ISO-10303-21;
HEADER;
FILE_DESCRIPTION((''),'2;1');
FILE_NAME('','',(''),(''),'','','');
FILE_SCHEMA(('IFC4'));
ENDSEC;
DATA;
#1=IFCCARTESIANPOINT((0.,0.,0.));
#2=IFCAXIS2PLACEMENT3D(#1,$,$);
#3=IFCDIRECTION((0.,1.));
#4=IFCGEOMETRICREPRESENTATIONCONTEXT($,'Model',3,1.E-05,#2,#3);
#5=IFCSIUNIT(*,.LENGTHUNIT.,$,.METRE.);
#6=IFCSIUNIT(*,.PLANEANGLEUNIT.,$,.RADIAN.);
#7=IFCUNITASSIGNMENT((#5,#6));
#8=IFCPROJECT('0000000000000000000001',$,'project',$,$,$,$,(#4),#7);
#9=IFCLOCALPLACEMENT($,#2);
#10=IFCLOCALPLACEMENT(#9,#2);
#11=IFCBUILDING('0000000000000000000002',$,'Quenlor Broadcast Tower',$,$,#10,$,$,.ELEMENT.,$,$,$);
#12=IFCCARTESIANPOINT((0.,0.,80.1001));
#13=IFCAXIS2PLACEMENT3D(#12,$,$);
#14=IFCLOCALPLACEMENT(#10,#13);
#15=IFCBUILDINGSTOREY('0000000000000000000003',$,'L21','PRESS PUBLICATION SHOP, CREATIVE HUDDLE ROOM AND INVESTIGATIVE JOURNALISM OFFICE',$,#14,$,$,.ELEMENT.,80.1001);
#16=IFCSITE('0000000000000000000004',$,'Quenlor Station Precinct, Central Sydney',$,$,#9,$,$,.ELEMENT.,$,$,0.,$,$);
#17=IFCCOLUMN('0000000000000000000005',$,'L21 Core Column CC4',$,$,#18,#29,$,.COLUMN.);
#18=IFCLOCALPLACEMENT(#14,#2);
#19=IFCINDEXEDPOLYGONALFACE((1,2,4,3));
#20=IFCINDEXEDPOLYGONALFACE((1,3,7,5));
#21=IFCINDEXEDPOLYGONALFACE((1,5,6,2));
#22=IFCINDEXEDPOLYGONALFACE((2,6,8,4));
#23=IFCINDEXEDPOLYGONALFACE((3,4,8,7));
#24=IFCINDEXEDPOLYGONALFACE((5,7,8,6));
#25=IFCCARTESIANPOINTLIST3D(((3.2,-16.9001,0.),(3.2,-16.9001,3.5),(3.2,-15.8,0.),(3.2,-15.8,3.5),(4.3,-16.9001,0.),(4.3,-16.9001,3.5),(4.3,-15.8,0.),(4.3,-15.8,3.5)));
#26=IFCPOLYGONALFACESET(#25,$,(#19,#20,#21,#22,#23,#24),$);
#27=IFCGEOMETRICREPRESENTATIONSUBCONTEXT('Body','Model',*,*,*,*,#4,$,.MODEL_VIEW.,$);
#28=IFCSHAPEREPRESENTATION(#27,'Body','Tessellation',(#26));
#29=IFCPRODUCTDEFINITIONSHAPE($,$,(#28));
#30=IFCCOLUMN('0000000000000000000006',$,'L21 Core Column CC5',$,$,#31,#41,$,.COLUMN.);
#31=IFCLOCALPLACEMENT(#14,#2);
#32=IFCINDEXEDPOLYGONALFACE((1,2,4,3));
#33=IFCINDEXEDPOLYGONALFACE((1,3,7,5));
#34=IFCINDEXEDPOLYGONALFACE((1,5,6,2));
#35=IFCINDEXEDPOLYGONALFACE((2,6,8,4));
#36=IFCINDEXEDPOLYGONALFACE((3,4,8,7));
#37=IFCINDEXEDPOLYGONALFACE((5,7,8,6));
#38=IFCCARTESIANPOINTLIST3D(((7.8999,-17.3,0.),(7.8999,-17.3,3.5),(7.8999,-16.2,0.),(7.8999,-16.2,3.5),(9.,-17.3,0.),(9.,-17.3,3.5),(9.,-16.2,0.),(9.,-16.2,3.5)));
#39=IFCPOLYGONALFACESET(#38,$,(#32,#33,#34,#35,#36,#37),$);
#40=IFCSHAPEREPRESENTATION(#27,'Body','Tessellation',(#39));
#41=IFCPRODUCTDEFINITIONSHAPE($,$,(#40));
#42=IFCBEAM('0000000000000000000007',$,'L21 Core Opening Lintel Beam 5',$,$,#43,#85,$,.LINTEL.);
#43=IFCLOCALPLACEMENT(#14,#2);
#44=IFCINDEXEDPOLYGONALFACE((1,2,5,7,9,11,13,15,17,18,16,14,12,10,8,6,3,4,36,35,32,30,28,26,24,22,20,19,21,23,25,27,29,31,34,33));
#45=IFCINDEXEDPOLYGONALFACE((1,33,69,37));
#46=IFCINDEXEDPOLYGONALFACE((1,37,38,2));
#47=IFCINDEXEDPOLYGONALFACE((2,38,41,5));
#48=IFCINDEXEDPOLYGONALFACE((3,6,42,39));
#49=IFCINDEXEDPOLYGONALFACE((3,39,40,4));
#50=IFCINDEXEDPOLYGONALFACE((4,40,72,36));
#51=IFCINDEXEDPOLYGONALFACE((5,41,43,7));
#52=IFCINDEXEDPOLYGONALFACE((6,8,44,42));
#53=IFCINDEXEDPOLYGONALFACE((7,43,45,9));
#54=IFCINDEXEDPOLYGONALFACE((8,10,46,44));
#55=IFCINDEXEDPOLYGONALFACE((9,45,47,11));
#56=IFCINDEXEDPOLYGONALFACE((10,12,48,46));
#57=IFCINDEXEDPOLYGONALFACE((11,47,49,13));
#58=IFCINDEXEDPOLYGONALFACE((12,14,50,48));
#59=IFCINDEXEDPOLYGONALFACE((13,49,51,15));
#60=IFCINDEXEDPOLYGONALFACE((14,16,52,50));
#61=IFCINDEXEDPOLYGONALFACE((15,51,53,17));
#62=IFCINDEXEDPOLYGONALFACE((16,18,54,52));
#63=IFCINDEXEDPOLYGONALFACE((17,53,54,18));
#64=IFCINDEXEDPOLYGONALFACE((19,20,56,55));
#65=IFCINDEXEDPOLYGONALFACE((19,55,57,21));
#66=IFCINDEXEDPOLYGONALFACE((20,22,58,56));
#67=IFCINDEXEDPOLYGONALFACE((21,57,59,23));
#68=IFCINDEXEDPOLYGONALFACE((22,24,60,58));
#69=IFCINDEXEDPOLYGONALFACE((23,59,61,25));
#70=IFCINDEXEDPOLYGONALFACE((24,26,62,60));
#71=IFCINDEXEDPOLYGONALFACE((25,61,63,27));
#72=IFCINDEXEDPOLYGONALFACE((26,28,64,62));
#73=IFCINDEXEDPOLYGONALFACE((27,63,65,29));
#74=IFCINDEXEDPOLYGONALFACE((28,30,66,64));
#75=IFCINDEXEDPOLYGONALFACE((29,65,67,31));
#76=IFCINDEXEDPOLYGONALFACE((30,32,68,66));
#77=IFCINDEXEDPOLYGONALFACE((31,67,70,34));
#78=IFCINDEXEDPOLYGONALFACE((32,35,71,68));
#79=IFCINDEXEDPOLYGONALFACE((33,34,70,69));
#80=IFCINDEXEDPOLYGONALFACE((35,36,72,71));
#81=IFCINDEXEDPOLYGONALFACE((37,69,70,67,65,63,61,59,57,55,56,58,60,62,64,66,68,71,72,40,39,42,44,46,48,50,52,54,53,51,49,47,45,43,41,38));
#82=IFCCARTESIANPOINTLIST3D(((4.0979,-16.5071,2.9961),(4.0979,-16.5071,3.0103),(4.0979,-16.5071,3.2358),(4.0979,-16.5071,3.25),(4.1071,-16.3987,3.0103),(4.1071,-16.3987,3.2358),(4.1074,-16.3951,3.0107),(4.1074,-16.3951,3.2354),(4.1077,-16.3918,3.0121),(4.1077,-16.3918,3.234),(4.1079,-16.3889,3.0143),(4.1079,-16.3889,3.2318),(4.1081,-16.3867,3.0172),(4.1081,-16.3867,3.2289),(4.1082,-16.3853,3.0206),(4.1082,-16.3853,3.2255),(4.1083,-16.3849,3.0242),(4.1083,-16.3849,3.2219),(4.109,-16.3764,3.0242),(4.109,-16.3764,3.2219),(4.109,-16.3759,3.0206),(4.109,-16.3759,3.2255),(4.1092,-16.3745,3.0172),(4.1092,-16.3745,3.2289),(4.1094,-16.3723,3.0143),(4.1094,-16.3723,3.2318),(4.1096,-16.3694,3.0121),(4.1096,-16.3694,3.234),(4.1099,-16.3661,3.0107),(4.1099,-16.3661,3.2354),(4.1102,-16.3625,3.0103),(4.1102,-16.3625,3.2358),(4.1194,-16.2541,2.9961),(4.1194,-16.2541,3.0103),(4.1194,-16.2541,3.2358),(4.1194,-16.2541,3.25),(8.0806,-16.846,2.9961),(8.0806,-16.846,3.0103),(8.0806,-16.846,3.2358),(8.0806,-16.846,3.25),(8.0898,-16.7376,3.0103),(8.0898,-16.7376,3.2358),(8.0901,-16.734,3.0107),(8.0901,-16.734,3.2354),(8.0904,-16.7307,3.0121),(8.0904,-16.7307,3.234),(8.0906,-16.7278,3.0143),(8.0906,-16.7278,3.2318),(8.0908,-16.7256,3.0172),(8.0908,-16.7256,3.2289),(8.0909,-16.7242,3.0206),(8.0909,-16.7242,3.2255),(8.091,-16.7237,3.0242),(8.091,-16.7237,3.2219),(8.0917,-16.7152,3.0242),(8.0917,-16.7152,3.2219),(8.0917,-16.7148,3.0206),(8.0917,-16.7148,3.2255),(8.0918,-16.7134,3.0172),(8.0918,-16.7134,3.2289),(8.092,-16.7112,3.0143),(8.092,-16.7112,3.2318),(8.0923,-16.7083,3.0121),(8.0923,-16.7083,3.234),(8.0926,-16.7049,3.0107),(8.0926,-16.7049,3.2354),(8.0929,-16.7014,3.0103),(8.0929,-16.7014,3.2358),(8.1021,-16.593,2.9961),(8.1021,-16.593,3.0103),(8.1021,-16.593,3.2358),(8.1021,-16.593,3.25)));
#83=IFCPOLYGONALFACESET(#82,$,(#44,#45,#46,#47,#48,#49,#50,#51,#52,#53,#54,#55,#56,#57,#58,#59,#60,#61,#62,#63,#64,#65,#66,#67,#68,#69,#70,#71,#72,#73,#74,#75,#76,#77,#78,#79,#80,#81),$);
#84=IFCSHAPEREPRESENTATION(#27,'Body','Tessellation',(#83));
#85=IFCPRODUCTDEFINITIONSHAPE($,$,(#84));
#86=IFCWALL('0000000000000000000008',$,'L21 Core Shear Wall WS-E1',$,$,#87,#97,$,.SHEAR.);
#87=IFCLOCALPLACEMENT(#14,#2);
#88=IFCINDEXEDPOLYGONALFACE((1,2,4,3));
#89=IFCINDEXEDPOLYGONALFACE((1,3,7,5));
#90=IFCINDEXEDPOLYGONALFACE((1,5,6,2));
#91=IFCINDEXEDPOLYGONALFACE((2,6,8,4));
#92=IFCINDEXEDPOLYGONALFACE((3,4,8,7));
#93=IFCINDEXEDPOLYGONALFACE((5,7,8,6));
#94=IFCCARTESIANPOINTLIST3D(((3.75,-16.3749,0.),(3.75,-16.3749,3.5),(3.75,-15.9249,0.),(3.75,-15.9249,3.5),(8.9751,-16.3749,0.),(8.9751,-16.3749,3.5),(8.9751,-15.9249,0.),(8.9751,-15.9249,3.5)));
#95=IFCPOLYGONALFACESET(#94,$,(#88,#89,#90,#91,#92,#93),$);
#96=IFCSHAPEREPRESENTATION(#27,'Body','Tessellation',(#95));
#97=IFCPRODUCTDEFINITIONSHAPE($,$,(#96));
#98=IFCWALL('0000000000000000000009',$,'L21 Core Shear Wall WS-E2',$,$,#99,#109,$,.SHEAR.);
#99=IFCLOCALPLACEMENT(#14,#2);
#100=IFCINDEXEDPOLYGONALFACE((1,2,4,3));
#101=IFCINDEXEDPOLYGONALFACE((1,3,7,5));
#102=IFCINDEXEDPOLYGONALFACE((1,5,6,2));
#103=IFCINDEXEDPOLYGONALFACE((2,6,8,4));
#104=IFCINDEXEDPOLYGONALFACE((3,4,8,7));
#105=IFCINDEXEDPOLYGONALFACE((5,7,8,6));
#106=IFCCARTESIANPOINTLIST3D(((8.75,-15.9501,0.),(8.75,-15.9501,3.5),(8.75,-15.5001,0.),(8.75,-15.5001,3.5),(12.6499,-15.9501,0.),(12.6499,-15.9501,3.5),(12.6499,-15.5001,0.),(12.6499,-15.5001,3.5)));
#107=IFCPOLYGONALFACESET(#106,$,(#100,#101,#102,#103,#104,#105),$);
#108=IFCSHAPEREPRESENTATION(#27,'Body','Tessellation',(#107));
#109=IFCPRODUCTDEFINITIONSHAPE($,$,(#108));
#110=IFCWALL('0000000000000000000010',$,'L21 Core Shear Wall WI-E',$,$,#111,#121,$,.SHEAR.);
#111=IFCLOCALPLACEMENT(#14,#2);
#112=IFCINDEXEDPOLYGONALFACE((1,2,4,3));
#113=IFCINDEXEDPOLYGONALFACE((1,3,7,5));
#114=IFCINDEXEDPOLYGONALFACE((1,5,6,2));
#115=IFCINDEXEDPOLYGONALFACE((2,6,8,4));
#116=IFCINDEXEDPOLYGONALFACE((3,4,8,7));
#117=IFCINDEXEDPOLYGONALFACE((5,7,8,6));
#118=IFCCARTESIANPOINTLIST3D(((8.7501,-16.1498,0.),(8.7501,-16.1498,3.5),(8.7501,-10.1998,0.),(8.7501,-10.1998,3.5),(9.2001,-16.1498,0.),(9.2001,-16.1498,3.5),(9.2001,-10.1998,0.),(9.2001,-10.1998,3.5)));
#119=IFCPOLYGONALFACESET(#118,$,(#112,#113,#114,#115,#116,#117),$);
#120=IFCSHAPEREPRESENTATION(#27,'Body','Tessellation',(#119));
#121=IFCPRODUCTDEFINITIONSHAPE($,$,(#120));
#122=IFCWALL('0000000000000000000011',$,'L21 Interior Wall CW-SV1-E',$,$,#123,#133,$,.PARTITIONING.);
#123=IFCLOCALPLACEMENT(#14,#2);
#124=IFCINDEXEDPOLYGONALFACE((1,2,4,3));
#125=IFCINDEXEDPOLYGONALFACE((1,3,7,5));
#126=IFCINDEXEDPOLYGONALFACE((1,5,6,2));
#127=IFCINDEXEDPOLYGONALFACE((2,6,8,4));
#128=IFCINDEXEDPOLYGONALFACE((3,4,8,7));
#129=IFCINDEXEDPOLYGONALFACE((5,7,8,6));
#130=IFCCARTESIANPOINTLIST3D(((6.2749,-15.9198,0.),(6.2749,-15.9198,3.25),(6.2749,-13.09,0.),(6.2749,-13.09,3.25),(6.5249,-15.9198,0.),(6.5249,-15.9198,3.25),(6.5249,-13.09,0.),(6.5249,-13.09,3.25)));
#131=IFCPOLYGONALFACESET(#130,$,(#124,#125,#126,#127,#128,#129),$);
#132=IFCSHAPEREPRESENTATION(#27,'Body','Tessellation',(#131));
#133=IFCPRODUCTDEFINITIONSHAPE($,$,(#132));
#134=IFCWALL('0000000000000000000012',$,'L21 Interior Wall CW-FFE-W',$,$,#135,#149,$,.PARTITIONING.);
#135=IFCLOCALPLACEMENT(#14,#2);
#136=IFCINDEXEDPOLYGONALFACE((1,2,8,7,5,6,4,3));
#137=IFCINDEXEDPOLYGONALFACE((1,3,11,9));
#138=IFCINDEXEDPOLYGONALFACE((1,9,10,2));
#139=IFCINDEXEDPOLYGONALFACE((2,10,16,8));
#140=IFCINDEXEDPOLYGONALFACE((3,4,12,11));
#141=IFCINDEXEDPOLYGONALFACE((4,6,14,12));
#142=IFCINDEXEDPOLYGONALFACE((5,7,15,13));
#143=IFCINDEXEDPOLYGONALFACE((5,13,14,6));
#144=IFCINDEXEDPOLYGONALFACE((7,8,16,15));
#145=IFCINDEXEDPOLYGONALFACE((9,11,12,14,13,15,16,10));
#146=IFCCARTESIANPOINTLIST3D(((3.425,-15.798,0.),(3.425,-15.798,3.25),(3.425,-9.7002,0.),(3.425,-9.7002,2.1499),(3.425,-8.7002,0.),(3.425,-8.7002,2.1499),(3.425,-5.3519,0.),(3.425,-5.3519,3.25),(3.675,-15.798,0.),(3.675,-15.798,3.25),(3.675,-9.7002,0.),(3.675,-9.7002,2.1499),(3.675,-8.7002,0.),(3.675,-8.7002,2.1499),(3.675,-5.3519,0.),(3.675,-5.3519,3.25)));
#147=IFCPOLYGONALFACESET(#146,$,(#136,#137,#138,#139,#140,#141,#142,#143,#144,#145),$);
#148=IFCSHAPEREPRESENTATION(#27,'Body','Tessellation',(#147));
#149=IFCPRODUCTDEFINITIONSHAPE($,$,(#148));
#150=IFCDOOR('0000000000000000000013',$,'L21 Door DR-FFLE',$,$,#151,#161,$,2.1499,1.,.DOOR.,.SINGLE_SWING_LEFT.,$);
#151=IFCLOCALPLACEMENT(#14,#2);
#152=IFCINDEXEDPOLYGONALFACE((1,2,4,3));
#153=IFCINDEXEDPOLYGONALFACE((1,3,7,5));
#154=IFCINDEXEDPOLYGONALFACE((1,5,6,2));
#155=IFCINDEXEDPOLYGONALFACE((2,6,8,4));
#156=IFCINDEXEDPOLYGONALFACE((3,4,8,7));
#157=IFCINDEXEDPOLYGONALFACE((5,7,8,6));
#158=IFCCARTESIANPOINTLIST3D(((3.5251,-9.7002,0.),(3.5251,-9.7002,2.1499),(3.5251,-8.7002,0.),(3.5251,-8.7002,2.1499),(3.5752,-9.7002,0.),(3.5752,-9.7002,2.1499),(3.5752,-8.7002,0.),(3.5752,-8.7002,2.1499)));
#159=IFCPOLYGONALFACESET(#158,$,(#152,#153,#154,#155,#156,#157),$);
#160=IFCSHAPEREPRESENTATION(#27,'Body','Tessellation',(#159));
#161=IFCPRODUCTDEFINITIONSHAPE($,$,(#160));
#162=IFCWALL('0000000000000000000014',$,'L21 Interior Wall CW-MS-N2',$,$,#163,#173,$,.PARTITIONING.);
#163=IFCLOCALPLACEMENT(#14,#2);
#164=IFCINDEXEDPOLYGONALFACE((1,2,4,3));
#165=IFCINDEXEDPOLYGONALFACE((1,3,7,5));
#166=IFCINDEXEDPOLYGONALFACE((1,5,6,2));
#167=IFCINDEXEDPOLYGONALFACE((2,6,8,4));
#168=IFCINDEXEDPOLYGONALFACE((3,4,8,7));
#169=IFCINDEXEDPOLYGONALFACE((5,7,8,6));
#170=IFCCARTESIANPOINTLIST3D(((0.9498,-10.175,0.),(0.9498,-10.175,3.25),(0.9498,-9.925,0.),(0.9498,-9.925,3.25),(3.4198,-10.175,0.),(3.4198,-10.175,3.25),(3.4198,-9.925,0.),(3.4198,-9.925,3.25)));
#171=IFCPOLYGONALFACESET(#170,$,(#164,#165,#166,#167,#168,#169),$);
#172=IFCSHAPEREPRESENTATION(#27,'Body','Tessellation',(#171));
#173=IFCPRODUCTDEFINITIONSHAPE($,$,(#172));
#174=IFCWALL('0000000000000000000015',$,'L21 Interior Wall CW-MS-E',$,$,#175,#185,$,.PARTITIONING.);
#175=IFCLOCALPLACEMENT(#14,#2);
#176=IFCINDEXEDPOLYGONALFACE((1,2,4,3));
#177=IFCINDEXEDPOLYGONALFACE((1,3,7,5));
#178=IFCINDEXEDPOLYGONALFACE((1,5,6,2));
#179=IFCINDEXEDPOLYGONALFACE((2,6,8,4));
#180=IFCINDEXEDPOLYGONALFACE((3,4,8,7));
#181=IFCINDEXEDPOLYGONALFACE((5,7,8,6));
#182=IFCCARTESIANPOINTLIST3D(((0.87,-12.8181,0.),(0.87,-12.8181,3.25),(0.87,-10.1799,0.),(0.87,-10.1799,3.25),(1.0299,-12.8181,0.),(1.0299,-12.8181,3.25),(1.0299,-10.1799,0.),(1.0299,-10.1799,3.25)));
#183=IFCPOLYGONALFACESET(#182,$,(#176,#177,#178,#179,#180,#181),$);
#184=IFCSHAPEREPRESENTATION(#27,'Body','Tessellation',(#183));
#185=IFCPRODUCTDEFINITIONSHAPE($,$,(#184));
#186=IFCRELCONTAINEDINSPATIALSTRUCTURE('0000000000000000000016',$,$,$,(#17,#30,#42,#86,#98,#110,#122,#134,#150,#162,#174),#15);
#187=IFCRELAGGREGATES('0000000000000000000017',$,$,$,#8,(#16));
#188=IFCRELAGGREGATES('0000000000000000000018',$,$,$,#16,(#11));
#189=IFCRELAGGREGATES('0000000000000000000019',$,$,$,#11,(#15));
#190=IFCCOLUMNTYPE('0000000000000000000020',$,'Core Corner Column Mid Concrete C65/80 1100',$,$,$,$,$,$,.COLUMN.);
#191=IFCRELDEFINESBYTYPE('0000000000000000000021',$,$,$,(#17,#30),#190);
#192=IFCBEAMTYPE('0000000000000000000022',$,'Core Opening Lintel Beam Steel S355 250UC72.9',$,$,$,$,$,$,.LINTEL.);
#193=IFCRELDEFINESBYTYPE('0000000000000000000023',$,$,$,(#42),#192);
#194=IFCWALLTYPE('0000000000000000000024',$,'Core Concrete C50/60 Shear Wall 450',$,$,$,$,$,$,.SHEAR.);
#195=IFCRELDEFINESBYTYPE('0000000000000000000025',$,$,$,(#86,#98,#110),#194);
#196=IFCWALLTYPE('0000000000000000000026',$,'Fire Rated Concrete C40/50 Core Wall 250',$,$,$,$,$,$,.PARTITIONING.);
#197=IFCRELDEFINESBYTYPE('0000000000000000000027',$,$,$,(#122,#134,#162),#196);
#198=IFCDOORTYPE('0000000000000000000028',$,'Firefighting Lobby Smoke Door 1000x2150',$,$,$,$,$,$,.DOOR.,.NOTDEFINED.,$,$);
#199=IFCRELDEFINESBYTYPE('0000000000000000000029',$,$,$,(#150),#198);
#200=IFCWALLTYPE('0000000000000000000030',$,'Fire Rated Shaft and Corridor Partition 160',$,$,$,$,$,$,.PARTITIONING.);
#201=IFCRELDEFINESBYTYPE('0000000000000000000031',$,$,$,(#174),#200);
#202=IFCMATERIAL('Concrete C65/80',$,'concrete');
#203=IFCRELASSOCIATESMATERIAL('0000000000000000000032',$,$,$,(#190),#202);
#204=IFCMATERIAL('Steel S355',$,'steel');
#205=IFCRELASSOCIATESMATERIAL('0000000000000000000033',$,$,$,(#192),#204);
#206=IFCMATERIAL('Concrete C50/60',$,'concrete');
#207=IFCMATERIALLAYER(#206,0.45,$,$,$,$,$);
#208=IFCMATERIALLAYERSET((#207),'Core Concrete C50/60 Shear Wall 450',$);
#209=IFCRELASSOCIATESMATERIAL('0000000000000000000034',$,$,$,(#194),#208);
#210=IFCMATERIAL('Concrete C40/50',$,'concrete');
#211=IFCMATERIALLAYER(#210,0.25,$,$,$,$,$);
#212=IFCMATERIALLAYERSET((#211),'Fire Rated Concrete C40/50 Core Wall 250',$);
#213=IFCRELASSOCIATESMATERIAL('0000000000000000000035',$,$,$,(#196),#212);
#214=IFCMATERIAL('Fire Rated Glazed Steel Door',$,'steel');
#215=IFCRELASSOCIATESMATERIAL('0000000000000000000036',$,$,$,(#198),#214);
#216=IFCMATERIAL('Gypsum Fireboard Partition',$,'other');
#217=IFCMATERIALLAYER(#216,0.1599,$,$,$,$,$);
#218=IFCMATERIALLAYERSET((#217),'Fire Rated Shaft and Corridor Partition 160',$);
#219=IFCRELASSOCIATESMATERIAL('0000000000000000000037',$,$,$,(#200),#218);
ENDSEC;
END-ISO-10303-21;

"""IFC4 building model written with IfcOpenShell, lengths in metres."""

from ifc_helpers import new_model, si_unit, direction, frame, frame_2d, origin, origin_2d, place, context, subcontext, project, spatial, rectangle, i_section, extrude, material, layer, layer_set, material_profile, profile_set, type_object, element, fill, save


model = new_model("IFC4")

# Units and contexts
model_context = context("Model", 3, precision=1e-05, world=origin(), true_north=direction((0.0, 1.0)))
body_context = subcontext(model_context, "Body", "Model", "MODEL_VIEW")
ifc_project = project(units=[si_unit("LENGTHUNIT", "METRE"), si_unit("PLANEANGLEUNIT", "RADIAN")], contexts=[model_context])

# Site, building, storey
site_placement = place(None, origin())
site = spatial("IfcSite", under=ifc_project, at=site_placement, Name="Quenlor Station Precinct, Central Sydney", CompositionType="ELEMENT", RefElevation=0.0)
building_placement = place(site_placement, origin())
building = spatial("IfcBuilding", under=site, at=building_placement, Name="Quenlor Broadcast Tower", CompositionType="ELEMENT")
storey_placement = place(building_placement, frame((0.0, 0.0, 80.1001)))
storey = spatial("IfcBuildingStorey", under=building, at=storey_placement, Name="L21", Description="PRESS PUBLICATION SHOP, CREATIVE HUDDLE ROOM AND INVESTIGATIVE JOURNALISM OFFICE", CompositionType="ELEMENT", Elevation=80.1001)

# Columns
ifc_material_1 = material(Name="Concrete C65/80", Category="concrete")
ifc_material_profile_1 = material_profile(ifc_material_1, rectangle(XDim=1.1001, YDim=1.1001, at=origin_2d()))
ifc_profile_set_1 = profile_set([ifc_material_profile_1], Name="Concrete C65/80 RC1100x1100")
column_type = type_object("IfcColumnType", Name="Core Corner Column Mid Concrete C65/80 1100", PredefinedType="COLUMN", material=ifc_profile_set_1)
for number, where, z_axis, x_axis, name in (
    (1, (3.75, -16.3501, 0.0), (0.0, 0.0, 1.0), (1.0, 0.0, 0.0), "L21 Core Column CC4"),
    (2, (8.45, -16.75, 0.0), (0.0, 0.0, 1.0), (1.0, 0.0, 0.0), "L21 Core Column CC5"),
):
    element("IfcColumn", number, at=place(storey_placement, frame(where, z_axis=z_axis, x_axis=x_axis)), inside=storey, type_object=column_type, Name=name, PredefinedType="COLUMN", context=body_context, shape_type="SweptSolid", body=[
        extrude(rectangle(XDim=1.1001, YDim=1.1001, at=origin_2d()), origin(), (0.0, 0.0, 1.0), 3.5),
    ])

# Beam
ifc_material_2 = material(Name="Steel S355", Category="steel")
ifc_material_profile_2 = material_profile(ifc_material_2, i_section(OverallWidth=0.2539, OverallDepth=0.2539, WebThickness=0.0085, FlangeThickness=0.0142, FilletRadius=0.0139, at=origin_2d()))
ifc_profile_set_2 = profile_set([ifc_material_profile_2], Name="Steel S355 250UC72.9")
beam_type = type_object("IfcBeamType", Name="Core Opening Lintel Beam Steel S355 250UC72.9", PredefinedType="LINTEL", material=ifc_profile_set_2)
beam_placement = place(storey_placement, frame((4.1086, -16.3806, 3.123), z_axis=(0.9964, -0.084779, 0.0), x_axis=(0.084779, 0.9964, 0.0)))
element("IfcBeam", 3, at=beam_placement, inside=storey, type_object=beam_type, Name="L21 Core Opening Lintel Beam 5", PredefinedType="LINTEL", context=body_context, shape_type="SweptSolid", body=[
    extrude(i_section(OverallWidth=0.2539, OverallDepth=0.2539, WebThickness=0.0085, FlangeThickness=0.0142, FilletRadius=0.0139, at=origin_2d()), origin(), (0.0, 0.0, 1.0), 3.9971),
])

# Walls
ifc_material_3 = material(Name="Concrete C50/60", Category="concrete")
ifc_layer_1 = layer(ifc_material_3, 0.45)
ifc_layer_set_1 = layer_set([ifc_layer_1], Name="Core Concrete C50/60 Shear Wall 450")
wall_type_1 = type_object("IfcWallType", Name="Core Concrete C50/60 Shear Wall 450", PredefinedType="SHEAR", material=ifc_layer_set_1)
wall_1_placement = place(storey_placement, frame((3.75, -16.1499, 0.0), z_axis=(0.0, 0.0, 1.0), x_axis=(1.0, 0.0, 0.0)))
element("IfcWall", 4, at=wall_1_placement, inside=storey, type_object=wall_type_1, Name="L21 Core Shear Wall WS-E1", PredefinedType="SHEAR", context=body_context, shape_type="SweptSolid", body=[
    extrude(rectangle(XDim=5.2251, YDim=0.45, at=frame_2d((2.6125, 0.0))), origin(), (0.0, 0.0, 1.0), 3.5),
])
wall_2_placement = place(storey_placement, frame((8.75, -15.7251, 0.0), z_axis=(0.0, 0.0, 1.0), x_axis=(1.0, 0.0, 0.0)))
element("IfcWall", 5, at=wall_2_placement, inside=storey, type_object=wall_type_1, Name="L21 Core Shear Wall WS-E2", PredefinedType="SHEAR", context=body_context, shape_type="SweptSolid", body=[
    extrude(rectangle(XDim=3.8999, YDim=0.45, at=frame_2d((1.95, 0.0))), origin(), (0.0, 0.0, 1.0), 3.5),
])
wall_3_placement = place(storey_placement, frame((8.9751, -16.1499, 0.0), z_axis=(0.0, 0.0, 1.0), x_axis=(0.0, 1.0, 0.0)))
element("IfcWall", 6, at=wall_3_placement, inside=storey, type_object=wall_type_1, Name="L21 Core Shear Wall WI-E", PredefinedType="SHEAR", context=body_context, shape_type="SweptSolid", body=[
    extrude(rectangle(XDim=5.95, YDim=0.45, at=frame_2d((2.9751, 0.0))), origin(), (0.0, 0.0, 1.0), 3.5),
])

# Shared definitions
ifc_material_4 = material(Name="Concrete C40/50", Category="concrete")
ifc_layer_2 = layer(ifc_material_4, 0.25)
ifc_layer_set_2 = layer_set([ifc_layer_2], Name="Fire Rated Concrete C40/50 Core Wall 250")
wall_type_2 = type_object("IfcWallType", Name="Fire Rated Concrete C40/50 Core Wall 250", PredefinedType="PARTITIONING", material=ifc_layer_set_2)

# Wall
wall_4_placement = place(storey_placement, frame((6.3999, -15.9199, 0.0), z_axis=(0.0, 0.0, 1.0), x_axis=(0.0, 1.0, 0.0)))
element("IfcWall", 7, at=wall_4_placement, inside=storey, type_object=wall_type_2, Name="L21 Interior Wall CW-SV1-E", PredefinedType="PARTITIONING", context=body_context, shape_type="SweptSolid", body=[
    extrude(rectangle(XDim=2.8298, YDim=0.25, at=frame_2d((1.415, 0.0))), origin(), (0.0, 0.0, 1.0), 3.25),
])

# Wall, opening, door
wall_5_placement = place(storey_placement, frame((3.55, -15.7981, 0.0), z_axis=(0.0, 0.0, 1.0), x_axis=(0.0, 1.0, 0.0)))
wall_5 = element("IfcWall", 8, at=wall_5_placement, inside=storey, type_object=wall_type_2, Name="L21 Interior Wall CW-FFE-W", PredefinedType="PARTITIONING", context=body_context, shape_type="SweptSolid", body=[
    extrude(rectangle(XDim=10.446, YDim=0.25, at=frame_2d((5.2231, 0.0))), origin(), (0.0, 0.0, 1.0), 3.25),
])
opening_1_placement = place(wall_5_placement, frame((6.0979, 0.0, 0.0)))
opening_1 = element("IfcOpeningElement", 9, at=opening_1_placement, cuts=wall_5, PredefinedType="OPENING", context=body_context, shape_type="SweptSolid", body=[
    extrude(rectangle(XDim=1.0, YDim=2.1499, at=frame_2d((0.5, 1.075))), frame((0.0, 0.135, 0.0), z_axis=(0.0, -1.0, 0.0), x_axis=(1.0, 0.0, 0.0)), (0.0, 0.0, 1.0), 0.27),
])
ifc_material_5 = material(Name="Fire Rated Glazed Steel Door", Category="steel")
door_type_1 = type_object("IfcDoorType", Name="Firefighting Lobby Smoke Door 1000x2150", OperationType="NOTDEFINED", PredefinedType="DOOR", material=ifc_material_5)
door_1_placement = place(opening_1_placement, origin())
door_1 = element("IfcDoor", 10, at=door_1_placement, inside=storey, type_object=door_type_1, Name="L21 Door DR-FFLE", OperationType="SINGLE_SWING_LEFT", OverallHeight=2.1499, OverallWidth=1.0, PredefinedType="DOOR", context=body_context, shape_type="SweptSolid", body=[
    extrude(rectangle(XDim=1.0, YDim=2.1499, at=frame_2d((0.5, 1.075))), frame((0.0, 0.0249, 0.0), z_axis=(0.0, -1.0, 0.0), x_axis=(1.0, 0.0, 0.0)), (0.0, 0.0, 1.0), 0.05),
])
fill(opening_1, door_1)

# Walls
wall_6_placement = place(storey_placement, frame((0.95, -10.05, 0.0), z_axis=(0.0, 0.0, 1.0), x_axis=(1.0, 0.0, 0.0)))
element("IfcWall", 11, at=wall_6_placement, inside=storey, type_object=wall_type_2, Name="L21 Interior Wall CW-MS-N2", PredefinedType="PARTITIONING", context=body_context, shape_type="SweptSolid", body=[
    extrude(rectangle(XDim=2.47, YDim=0.25, at=frame_2d((1.2349, 0.0))), origin(), (0.0, 0.0, 1.0), 3.25),
])
ifc_material_6 = material(Name="Gypsum Fireboard Partition", Category="other")
ifc_layer_3 = layer(ifc_material_6, 0.1599)
ifc_layer_set_3 = layer_set([ifc_layer_3], Name="Fire Rated Shaft and Corridor Partition 160")
wall_type_3 = type_object("IfcWallType", Name="Fire Rated Shaft and Corridor Partition 160", PredefinedType="PARTITIONING", material=ifc_layer_set_3)
wall_7_placement = place(storey_placement, frame((0.95, -12.8181, 0.0), z_axis=(0.0, 0.0, 1.0), x_axis=(0.0, 1.0, 0.0)))
element("IfcWall", 12, at=wall_7_placement, inside=storey, type_object=wall_type_3, Name="L21 Interior Wall CW-MS-E", PredefinedType="PARTITIONING", context=body_context, shape_type="SweptSolid", body=[
    extrude(rectangle(XDim=2.6382, YDim=0.1599, at=frame_2d((1.3191, 0.0))), origin(), (0.0, 0.0, 1.0), 3.25),
])

save(model, "model.ifc")
